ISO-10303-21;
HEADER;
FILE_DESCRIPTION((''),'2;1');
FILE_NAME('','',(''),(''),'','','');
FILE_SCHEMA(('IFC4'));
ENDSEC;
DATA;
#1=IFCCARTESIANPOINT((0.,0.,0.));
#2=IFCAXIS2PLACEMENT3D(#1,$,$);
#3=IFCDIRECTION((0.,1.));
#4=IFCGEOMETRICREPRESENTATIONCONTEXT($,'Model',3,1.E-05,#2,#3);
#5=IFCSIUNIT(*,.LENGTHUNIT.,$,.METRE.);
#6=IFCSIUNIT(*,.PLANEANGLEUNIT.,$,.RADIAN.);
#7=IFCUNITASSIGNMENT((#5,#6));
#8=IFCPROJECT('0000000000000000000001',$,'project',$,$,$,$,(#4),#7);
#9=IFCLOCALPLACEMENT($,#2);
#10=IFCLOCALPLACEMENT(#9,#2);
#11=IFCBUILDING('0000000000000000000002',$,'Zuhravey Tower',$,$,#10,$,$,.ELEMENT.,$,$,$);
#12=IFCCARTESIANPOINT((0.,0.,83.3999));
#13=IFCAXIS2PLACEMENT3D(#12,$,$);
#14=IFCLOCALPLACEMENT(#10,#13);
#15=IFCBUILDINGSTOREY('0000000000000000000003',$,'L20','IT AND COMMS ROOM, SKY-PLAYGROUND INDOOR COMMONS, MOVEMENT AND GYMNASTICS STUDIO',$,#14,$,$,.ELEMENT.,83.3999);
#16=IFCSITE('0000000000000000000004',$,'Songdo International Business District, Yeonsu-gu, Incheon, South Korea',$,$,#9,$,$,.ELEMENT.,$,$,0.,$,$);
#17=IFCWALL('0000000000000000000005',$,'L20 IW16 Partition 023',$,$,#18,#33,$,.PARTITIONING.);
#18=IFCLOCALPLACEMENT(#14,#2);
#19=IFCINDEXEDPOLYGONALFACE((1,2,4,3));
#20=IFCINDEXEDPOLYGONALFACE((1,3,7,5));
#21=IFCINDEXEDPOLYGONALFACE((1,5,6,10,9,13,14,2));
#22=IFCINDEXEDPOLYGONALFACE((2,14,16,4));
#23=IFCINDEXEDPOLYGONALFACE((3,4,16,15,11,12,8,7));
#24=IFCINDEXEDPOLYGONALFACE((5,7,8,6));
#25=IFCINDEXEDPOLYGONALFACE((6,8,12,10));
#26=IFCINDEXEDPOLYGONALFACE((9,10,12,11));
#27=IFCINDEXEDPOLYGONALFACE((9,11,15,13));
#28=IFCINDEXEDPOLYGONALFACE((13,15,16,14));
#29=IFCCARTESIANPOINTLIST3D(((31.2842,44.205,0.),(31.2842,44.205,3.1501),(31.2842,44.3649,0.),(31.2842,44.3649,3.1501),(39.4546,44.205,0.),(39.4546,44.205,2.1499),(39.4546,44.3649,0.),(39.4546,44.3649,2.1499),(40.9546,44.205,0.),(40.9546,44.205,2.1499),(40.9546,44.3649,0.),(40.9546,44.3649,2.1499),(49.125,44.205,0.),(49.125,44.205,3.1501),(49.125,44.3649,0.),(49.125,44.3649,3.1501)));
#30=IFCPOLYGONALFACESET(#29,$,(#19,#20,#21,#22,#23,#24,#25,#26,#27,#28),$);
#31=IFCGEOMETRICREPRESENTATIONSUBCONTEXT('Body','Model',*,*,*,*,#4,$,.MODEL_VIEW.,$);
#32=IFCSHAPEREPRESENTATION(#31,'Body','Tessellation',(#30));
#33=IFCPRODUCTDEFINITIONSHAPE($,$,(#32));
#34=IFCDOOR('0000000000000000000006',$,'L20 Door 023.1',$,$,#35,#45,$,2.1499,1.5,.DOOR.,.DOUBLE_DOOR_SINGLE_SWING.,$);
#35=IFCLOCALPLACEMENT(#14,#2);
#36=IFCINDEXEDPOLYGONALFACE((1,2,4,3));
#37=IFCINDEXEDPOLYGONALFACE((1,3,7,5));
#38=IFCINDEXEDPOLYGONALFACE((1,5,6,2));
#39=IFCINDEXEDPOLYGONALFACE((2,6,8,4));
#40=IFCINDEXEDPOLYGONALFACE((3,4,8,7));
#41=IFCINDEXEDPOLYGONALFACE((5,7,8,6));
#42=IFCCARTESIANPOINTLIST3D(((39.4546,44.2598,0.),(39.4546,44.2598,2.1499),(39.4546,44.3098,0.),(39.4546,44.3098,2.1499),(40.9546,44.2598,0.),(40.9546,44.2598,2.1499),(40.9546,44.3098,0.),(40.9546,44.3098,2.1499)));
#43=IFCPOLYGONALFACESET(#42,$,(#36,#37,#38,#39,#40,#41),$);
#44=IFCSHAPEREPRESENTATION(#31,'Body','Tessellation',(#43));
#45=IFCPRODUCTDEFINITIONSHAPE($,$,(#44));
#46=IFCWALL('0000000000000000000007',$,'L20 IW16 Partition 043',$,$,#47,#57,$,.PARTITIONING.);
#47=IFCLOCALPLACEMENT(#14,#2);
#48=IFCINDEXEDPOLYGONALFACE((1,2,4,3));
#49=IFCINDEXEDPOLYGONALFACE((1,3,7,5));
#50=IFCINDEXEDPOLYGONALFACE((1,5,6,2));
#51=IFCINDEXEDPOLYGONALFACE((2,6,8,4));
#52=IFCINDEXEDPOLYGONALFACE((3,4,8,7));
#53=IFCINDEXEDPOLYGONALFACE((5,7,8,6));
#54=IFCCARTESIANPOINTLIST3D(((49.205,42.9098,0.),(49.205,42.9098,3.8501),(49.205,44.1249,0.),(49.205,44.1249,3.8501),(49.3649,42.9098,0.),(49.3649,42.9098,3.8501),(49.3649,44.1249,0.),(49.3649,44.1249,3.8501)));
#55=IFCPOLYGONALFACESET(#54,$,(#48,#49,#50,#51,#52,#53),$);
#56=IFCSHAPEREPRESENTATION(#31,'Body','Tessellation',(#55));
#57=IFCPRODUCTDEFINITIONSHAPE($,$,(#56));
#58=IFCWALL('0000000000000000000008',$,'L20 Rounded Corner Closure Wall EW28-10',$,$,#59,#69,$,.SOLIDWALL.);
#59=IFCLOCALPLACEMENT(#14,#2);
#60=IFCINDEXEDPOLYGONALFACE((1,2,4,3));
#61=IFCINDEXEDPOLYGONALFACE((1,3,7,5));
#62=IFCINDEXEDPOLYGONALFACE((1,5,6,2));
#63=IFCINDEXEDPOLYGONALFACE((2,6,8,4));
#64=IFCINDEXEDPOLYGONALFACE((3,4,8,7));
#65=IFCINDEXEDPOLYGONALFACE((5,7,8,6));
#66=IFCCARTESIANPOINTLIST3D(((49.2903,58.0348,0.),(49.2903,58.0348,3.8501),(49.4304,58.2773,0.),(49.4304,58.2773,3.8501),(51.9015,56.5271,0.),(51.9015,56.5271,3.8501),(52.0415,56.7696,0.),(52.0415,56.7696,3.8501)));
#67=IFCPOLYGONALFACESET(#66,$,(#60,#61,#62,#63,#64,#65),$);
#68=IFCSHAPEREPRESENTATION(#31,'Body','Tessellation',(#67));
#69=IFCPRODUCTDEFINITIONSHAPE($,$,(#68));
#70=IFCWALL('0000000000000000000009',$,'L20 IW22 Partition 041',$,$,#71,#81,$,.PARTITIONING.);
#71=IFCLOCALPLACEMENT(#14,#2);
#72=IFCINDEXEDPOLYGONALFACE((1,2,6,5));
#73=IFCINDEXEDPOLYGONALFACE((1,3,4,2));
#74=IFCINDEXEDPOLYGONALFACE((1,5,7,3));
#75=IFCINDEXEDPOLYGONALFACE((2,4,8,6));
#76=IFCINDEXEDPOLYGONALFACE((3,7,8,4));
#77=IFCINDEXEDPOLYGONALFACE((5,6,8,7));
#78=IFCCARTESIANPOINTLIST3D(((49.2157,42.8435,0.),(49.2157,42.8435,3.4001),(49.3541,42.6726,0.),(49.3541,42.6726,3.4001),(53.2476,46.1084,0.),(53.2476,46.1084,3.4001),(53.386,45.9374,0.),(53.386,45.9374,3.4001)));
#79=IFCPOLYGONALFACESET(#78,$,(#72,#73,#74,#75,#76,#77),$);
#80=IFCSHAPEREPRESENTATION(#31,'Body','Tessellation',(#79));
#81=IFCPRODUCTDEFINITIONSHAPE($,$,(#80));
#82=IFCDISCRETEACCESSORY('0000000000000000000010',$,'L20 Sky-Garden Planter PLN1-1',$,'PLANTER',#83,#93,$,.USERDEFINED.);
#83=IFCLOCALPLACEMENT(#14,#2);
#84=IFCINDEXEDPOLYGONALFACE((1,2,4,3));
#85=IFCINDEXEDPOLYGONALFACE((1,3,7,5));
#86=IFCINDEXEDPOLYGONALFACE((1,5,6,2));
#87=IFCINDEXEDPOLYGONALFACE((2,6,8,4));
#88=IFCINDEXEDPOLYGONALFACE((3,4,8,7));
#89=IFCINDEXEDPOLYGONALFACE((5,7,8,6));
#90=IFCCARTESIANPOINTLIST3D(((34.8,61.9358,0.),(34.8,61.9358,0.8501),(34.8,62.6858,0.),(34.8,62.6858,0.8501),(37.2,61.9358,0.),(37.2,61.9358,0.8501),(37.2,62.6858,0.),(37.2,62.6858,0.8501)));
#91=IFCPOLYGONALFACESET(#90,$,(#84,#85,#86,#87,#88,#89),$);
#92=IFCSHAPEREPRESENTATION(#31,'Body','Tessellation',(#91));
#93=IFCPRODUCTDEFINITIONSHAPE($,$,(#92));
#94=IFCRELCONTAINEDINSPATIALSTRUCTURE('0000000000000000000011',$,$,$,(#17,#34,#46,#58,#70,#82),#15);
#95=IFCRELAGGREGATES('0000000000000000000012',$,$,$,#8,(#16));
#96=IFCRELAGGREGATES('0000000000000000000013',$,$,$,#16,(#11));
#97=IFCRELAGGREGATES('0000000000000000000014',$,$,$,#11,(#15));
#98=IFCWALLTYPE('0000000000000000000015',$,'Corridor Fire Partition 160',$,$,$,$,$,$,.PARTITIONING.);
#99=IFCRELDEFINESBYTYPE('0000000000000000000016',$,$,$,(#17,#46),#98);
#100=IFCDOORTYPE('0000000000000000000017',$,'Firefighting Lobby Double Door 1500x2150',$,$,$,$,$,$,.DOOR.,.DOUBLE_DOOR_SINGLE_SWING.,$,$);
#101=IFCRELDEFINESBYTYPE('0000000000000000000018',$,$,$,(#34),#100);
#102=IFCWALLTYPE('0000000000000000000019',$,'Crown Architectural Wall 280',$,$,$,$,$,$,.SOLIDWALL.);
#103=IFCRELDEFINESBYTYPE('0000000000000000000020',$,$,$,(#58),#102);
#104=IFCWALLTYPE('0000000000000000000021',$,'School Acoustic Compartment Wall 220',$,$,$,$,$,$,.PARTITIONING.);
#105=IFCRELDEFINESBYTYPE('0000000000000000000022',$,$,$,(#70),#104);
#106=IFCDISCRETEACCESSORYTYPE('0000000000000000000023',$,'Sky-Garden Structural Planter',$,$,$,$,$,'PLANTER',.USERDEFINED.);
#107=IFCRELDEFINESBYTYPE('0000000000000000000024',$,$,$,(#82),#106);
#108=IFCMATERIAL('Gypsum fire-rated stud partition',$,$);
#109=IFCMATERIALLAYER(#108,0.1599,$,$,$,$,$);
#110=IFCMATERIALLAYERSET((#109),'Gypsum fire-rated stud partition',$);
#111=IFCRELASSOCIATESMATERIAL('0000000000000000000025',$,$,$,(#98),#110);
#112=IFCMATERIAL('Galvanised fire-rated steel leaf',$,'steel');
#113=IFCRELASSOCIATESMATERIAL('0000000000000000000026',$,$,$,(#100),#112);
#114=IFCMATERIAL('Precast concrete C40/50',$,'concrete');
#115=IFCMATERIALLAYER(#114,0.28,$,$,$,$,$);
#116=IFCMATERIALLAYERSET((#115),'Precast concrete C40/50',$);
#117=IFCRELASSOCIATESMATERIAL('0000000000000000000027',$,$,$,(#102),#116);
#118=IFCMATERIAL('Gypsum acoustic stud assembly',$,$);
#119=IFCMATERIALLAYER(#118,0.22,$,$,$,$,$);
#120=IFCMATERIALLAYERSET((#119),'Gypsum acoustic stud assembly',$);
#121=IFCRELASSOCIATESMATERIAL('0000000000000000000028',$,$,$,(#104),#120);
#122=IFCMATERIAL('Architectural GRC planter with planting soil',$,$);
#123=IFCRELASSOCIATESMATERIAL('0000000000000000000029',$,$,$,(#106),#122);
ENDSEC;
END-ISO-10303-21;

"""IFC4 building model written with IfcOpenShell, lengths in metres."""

from ifc_helpers import new_model, si_unit, direction, frame, frame_2d, origin, origin_2d, place, context, subcontext, project, spatial, rectangle, extrude, material, layer, layer_set, type_object, element, fill, save


model = new_model("IFC4")

# Units and contexts
model_context = context("Model", 3, precision=1e-05, world=origin(), true_north=direction((0.0, 1.0)))
body_context = subcontext(model_context, "Body", "Model", "MODEL_VIEW")
ifc_project = project(units=[si_unit("LENGTHUNIT", "METRE"), si_unit("PLANEANGLEUNIT", "RADIAN")], contexts=[model_context])

# Site, building, storey
site_placement = place(None, origin())
site = spatial("IfcSite", under=ifc_project, at=site_placement, Name="Songdo International Business District, Yeonsu-gu, Incheon, South Korea", CompositionType="ELEMENT", RefElevation=0.0)
building_placement = place(site_placement, origin())
building = spatial("IfcBuilding", under=site, at=building_placement, Name="Zuhravey Tower", CompositionType="ELEMENT")
storey_placement = place(building_placement, frame((0.0, 0.0, 83.3999)))
storey = spatial("IfcBuildingStorey", under=building, at=storey_placement, Name="L20", Description="IT AND COMMS ROOM, SKY-PLAYGROUND INDOOR COMMONS, MOVEMENT AND GYMNASTICS STUDIO", CompositionType="ELEMENT", Elevation=83.3999)

# Wall, opening, door
ifc_material_1 = material(Name="Gypsum fire-rated stud partition")
ifc_layer_1 = layer(ifc_material_1, 0.1599)
ifc_layer_set_1 = layer_set([ifc_layer_1], Name="Gypsum fire-rated stud partition")
wall_type_1 = type_object("IfcWallType", Name="Corridor Fire Partition 160", PredefinedType="PARTITIONING", material=ifc_layer_set_1)
wall_1_placement = place(storey_placement, frame((49.125, 44.2849, 0.0), z_axis=(0.0, 0.0, 1.0), x_axis=(-1.0, 0.0, 0.0)))
wall_1 = element("IfcWall", 1, at=wall_1_placement, inside=storey, type_object=wall_type_1, Name="L20 IW16 Partition 023", PredefinedType="PARTITIONING", context=body_context, shape_type="SweptSolid", body=[
    extrude(rectangle(XDim=17.8408, YDim=0.1599, at=frame_2d((8.9204, 0.0))), origin(), (0.0, 0.0, 1.0), 3.1501),
])
opening_placement = place(wall_1_placement, frame((8.1704, 0.0, 0.0)))
opening = element("IfcOpeningElement", 2, at=opening_placement, cuts=wall_1, PredefinedType="OPENING", context=body_context, shape_type="SweptSolid", body=[
    extrude(rectangle(XDim=1.5, YDim=2.1499, at=frame_2d((0.75, 1.075))), frame((0.0, 0.092, 0.0), z_axis=(0.0, -1.0, 0.0), x_axis=(1.0, 0.0, 0.0)), (0.0, 0.0, 1.0), 0.1838),
])
ifc_material_2 = material(Name="Galvanised fire-rated steel leaf", Category="steel")
door_type = type_object("IfcDoorType", Name="Firefighting Lobby Double Door 1500x2150", OperationType="DOUBLE_DOOR_SINGLE_SWING", PredefinedType="DOOR", material=ifc_material_2)
door_placement = place(opening_placement, frame((1.5, 0.0, 0.0), z_axis=(0.0, 0.0, 1.0), x_axis=(-1.0, 0.0, 0.0)))
door = element("IfcDoor", 3, at=door_placement, inside=storey, type_object=door_type, Name="L20 Door 023.1", OperationType="DOUBLE_DOOR_SINGLE_SWING", OverallHeight=2.1499, OverallWidth=1.5, PredefinedType="DOOR", context=body_context, shape_type="SweptSolid", body=[
    extrude(rectangle(XDim=1.5, YDim=2.1499, at=frame_2d((0.75, 1.075))), frame((0.0, 0.0249, 0.0), z_axis=(0.0, -1.0, 0.0), x_axis=(1.0, 0.0, 0.0)), (0.0, 0.0, 1.0), 0.05),
])
fill(opening, door)

# Walls
wall_2_placement = place(storey_placement, frame((49.2849, 42.9099, 0.0), z_axis=(0.0, 0.0, 1.0), x_axis=(0.0, 1.0, 0.0)))
element("IfcWall", 4, at=wall_2_placement, inside=storey, type_object=wall_type_1, Name="L20 IW16 Partition 043", PredefinedType="PARTITIONING", context=body_context, shape_type="SweptSolid", body=[
    extrude(rectangle(XDim=1.2151, YDim=0.1599, at=frame_2d((0.6074, 0.0))), origin(), (0.0, 0.0, 1.0), 3.8501),
])
ifc_material_3 = material(Name="Precast concrete C40/50", Category="concrete")
ifc_layer_2 = layer(ifc_material_3, 0.28)
ifc_layer_set_2 = layer_set([ifc_layer_2], Name="Precast concrete C40/50")
wall_type_2 = type_object("IfcWallType", Name="Crown Architectural Wall 280", PredefinedType="SOLIDWALL", material=ifc_layer_set_2)
wall_3_placement = place(storey_placement, frame((49.3604, 58.156, 0.0), z_axis=(0.0, 0.0, 1.0), x_axis=(0.866017, -0.500015, 0.0)))
element("IfcWall", 5, at=wall_3_placement, inside=storey, type_object=wall_type_2, Name="L20 Rounded Corner Closure Wall EW28-10", PredefinedType="SOLIDWALL", context=body_context, shape_type="SweptSolid", body=[
    extrude(rectangle(XDim=3.0151, YDim=0.28, at=frame_2d((1.5076, 0.0))), origin(), (0.0, 0.0, 1.0), 3.8501),
])
ifc_material_4 = material(Name="Gypsum acoustic stud assembly")
ifc_layer_3 = layer(ifc_material_4, 0.22)
ifc_layer_set_3 = layer_set([ifc_layer_3], Name="Gypsum acoustic stud assembly")
wall_type_3 = type_object("IfcWallType", Name="School Acoustic Compartment Wall 220", PredefinedType="PARTITIONING", material=ifc_layer_set_3)
wall_4_placement = place(storey_placement, frame((49.2849, 42.7581, 0.0), z_axis=(0.0, 0.0, 1.0), x_axis=(0.777159, 0.629304, 0.0)))
element("IfcWall", 6, at=wall_4_placement, inside=storey, type_object=wall_type_3, Name="L20 IW22 Partition 041", PredefinedType="PARTITIONING", context=body_context, shape_type="SweptSolid", body=[
    extrude(rectangle(XDim=5.188, YDim=0.22, at=frame_2d((2.594, 0.0))), origin(), (0.0, 0.0, 1.0), 3.4001),
])

# Discrete accessory
ifc_material_5 = material(Name="Architectural GRC planter with planting soil")
discrete_accessory_type = type_object("IfcDiscreteAccessoryType", Name="Sky-Garden Structural Planter", ElementType="PLANTER", PredefinedType="USERDEFINED", material=ifc_material_5)
discrete_accessory_placement = place(storey_placement, frame((36.0, 62.3108, 0.0), z_axis=(0.0, 0.0, 1.0), x_axis=(-1.0, 0.0, 0.0)))
element("IfcDiscreteAccessory", 7, at=discrete_accessory_placement, inside=storey, type_object=discrete_accessory_type, Name="L20 Sky-Garden Planter PLN1-1", ObjectType="PLANTER", PredefinedType="USERDEFINED", context=body_context, shape_type="SweptSolid", body=[
    extrude(rectangle(XDim=2.3999, YDim=0.75, at=origin_2d()), origin(), (0.0, 0.0, 1.0), 0.8501),
])

save(model, "model.ifc")
